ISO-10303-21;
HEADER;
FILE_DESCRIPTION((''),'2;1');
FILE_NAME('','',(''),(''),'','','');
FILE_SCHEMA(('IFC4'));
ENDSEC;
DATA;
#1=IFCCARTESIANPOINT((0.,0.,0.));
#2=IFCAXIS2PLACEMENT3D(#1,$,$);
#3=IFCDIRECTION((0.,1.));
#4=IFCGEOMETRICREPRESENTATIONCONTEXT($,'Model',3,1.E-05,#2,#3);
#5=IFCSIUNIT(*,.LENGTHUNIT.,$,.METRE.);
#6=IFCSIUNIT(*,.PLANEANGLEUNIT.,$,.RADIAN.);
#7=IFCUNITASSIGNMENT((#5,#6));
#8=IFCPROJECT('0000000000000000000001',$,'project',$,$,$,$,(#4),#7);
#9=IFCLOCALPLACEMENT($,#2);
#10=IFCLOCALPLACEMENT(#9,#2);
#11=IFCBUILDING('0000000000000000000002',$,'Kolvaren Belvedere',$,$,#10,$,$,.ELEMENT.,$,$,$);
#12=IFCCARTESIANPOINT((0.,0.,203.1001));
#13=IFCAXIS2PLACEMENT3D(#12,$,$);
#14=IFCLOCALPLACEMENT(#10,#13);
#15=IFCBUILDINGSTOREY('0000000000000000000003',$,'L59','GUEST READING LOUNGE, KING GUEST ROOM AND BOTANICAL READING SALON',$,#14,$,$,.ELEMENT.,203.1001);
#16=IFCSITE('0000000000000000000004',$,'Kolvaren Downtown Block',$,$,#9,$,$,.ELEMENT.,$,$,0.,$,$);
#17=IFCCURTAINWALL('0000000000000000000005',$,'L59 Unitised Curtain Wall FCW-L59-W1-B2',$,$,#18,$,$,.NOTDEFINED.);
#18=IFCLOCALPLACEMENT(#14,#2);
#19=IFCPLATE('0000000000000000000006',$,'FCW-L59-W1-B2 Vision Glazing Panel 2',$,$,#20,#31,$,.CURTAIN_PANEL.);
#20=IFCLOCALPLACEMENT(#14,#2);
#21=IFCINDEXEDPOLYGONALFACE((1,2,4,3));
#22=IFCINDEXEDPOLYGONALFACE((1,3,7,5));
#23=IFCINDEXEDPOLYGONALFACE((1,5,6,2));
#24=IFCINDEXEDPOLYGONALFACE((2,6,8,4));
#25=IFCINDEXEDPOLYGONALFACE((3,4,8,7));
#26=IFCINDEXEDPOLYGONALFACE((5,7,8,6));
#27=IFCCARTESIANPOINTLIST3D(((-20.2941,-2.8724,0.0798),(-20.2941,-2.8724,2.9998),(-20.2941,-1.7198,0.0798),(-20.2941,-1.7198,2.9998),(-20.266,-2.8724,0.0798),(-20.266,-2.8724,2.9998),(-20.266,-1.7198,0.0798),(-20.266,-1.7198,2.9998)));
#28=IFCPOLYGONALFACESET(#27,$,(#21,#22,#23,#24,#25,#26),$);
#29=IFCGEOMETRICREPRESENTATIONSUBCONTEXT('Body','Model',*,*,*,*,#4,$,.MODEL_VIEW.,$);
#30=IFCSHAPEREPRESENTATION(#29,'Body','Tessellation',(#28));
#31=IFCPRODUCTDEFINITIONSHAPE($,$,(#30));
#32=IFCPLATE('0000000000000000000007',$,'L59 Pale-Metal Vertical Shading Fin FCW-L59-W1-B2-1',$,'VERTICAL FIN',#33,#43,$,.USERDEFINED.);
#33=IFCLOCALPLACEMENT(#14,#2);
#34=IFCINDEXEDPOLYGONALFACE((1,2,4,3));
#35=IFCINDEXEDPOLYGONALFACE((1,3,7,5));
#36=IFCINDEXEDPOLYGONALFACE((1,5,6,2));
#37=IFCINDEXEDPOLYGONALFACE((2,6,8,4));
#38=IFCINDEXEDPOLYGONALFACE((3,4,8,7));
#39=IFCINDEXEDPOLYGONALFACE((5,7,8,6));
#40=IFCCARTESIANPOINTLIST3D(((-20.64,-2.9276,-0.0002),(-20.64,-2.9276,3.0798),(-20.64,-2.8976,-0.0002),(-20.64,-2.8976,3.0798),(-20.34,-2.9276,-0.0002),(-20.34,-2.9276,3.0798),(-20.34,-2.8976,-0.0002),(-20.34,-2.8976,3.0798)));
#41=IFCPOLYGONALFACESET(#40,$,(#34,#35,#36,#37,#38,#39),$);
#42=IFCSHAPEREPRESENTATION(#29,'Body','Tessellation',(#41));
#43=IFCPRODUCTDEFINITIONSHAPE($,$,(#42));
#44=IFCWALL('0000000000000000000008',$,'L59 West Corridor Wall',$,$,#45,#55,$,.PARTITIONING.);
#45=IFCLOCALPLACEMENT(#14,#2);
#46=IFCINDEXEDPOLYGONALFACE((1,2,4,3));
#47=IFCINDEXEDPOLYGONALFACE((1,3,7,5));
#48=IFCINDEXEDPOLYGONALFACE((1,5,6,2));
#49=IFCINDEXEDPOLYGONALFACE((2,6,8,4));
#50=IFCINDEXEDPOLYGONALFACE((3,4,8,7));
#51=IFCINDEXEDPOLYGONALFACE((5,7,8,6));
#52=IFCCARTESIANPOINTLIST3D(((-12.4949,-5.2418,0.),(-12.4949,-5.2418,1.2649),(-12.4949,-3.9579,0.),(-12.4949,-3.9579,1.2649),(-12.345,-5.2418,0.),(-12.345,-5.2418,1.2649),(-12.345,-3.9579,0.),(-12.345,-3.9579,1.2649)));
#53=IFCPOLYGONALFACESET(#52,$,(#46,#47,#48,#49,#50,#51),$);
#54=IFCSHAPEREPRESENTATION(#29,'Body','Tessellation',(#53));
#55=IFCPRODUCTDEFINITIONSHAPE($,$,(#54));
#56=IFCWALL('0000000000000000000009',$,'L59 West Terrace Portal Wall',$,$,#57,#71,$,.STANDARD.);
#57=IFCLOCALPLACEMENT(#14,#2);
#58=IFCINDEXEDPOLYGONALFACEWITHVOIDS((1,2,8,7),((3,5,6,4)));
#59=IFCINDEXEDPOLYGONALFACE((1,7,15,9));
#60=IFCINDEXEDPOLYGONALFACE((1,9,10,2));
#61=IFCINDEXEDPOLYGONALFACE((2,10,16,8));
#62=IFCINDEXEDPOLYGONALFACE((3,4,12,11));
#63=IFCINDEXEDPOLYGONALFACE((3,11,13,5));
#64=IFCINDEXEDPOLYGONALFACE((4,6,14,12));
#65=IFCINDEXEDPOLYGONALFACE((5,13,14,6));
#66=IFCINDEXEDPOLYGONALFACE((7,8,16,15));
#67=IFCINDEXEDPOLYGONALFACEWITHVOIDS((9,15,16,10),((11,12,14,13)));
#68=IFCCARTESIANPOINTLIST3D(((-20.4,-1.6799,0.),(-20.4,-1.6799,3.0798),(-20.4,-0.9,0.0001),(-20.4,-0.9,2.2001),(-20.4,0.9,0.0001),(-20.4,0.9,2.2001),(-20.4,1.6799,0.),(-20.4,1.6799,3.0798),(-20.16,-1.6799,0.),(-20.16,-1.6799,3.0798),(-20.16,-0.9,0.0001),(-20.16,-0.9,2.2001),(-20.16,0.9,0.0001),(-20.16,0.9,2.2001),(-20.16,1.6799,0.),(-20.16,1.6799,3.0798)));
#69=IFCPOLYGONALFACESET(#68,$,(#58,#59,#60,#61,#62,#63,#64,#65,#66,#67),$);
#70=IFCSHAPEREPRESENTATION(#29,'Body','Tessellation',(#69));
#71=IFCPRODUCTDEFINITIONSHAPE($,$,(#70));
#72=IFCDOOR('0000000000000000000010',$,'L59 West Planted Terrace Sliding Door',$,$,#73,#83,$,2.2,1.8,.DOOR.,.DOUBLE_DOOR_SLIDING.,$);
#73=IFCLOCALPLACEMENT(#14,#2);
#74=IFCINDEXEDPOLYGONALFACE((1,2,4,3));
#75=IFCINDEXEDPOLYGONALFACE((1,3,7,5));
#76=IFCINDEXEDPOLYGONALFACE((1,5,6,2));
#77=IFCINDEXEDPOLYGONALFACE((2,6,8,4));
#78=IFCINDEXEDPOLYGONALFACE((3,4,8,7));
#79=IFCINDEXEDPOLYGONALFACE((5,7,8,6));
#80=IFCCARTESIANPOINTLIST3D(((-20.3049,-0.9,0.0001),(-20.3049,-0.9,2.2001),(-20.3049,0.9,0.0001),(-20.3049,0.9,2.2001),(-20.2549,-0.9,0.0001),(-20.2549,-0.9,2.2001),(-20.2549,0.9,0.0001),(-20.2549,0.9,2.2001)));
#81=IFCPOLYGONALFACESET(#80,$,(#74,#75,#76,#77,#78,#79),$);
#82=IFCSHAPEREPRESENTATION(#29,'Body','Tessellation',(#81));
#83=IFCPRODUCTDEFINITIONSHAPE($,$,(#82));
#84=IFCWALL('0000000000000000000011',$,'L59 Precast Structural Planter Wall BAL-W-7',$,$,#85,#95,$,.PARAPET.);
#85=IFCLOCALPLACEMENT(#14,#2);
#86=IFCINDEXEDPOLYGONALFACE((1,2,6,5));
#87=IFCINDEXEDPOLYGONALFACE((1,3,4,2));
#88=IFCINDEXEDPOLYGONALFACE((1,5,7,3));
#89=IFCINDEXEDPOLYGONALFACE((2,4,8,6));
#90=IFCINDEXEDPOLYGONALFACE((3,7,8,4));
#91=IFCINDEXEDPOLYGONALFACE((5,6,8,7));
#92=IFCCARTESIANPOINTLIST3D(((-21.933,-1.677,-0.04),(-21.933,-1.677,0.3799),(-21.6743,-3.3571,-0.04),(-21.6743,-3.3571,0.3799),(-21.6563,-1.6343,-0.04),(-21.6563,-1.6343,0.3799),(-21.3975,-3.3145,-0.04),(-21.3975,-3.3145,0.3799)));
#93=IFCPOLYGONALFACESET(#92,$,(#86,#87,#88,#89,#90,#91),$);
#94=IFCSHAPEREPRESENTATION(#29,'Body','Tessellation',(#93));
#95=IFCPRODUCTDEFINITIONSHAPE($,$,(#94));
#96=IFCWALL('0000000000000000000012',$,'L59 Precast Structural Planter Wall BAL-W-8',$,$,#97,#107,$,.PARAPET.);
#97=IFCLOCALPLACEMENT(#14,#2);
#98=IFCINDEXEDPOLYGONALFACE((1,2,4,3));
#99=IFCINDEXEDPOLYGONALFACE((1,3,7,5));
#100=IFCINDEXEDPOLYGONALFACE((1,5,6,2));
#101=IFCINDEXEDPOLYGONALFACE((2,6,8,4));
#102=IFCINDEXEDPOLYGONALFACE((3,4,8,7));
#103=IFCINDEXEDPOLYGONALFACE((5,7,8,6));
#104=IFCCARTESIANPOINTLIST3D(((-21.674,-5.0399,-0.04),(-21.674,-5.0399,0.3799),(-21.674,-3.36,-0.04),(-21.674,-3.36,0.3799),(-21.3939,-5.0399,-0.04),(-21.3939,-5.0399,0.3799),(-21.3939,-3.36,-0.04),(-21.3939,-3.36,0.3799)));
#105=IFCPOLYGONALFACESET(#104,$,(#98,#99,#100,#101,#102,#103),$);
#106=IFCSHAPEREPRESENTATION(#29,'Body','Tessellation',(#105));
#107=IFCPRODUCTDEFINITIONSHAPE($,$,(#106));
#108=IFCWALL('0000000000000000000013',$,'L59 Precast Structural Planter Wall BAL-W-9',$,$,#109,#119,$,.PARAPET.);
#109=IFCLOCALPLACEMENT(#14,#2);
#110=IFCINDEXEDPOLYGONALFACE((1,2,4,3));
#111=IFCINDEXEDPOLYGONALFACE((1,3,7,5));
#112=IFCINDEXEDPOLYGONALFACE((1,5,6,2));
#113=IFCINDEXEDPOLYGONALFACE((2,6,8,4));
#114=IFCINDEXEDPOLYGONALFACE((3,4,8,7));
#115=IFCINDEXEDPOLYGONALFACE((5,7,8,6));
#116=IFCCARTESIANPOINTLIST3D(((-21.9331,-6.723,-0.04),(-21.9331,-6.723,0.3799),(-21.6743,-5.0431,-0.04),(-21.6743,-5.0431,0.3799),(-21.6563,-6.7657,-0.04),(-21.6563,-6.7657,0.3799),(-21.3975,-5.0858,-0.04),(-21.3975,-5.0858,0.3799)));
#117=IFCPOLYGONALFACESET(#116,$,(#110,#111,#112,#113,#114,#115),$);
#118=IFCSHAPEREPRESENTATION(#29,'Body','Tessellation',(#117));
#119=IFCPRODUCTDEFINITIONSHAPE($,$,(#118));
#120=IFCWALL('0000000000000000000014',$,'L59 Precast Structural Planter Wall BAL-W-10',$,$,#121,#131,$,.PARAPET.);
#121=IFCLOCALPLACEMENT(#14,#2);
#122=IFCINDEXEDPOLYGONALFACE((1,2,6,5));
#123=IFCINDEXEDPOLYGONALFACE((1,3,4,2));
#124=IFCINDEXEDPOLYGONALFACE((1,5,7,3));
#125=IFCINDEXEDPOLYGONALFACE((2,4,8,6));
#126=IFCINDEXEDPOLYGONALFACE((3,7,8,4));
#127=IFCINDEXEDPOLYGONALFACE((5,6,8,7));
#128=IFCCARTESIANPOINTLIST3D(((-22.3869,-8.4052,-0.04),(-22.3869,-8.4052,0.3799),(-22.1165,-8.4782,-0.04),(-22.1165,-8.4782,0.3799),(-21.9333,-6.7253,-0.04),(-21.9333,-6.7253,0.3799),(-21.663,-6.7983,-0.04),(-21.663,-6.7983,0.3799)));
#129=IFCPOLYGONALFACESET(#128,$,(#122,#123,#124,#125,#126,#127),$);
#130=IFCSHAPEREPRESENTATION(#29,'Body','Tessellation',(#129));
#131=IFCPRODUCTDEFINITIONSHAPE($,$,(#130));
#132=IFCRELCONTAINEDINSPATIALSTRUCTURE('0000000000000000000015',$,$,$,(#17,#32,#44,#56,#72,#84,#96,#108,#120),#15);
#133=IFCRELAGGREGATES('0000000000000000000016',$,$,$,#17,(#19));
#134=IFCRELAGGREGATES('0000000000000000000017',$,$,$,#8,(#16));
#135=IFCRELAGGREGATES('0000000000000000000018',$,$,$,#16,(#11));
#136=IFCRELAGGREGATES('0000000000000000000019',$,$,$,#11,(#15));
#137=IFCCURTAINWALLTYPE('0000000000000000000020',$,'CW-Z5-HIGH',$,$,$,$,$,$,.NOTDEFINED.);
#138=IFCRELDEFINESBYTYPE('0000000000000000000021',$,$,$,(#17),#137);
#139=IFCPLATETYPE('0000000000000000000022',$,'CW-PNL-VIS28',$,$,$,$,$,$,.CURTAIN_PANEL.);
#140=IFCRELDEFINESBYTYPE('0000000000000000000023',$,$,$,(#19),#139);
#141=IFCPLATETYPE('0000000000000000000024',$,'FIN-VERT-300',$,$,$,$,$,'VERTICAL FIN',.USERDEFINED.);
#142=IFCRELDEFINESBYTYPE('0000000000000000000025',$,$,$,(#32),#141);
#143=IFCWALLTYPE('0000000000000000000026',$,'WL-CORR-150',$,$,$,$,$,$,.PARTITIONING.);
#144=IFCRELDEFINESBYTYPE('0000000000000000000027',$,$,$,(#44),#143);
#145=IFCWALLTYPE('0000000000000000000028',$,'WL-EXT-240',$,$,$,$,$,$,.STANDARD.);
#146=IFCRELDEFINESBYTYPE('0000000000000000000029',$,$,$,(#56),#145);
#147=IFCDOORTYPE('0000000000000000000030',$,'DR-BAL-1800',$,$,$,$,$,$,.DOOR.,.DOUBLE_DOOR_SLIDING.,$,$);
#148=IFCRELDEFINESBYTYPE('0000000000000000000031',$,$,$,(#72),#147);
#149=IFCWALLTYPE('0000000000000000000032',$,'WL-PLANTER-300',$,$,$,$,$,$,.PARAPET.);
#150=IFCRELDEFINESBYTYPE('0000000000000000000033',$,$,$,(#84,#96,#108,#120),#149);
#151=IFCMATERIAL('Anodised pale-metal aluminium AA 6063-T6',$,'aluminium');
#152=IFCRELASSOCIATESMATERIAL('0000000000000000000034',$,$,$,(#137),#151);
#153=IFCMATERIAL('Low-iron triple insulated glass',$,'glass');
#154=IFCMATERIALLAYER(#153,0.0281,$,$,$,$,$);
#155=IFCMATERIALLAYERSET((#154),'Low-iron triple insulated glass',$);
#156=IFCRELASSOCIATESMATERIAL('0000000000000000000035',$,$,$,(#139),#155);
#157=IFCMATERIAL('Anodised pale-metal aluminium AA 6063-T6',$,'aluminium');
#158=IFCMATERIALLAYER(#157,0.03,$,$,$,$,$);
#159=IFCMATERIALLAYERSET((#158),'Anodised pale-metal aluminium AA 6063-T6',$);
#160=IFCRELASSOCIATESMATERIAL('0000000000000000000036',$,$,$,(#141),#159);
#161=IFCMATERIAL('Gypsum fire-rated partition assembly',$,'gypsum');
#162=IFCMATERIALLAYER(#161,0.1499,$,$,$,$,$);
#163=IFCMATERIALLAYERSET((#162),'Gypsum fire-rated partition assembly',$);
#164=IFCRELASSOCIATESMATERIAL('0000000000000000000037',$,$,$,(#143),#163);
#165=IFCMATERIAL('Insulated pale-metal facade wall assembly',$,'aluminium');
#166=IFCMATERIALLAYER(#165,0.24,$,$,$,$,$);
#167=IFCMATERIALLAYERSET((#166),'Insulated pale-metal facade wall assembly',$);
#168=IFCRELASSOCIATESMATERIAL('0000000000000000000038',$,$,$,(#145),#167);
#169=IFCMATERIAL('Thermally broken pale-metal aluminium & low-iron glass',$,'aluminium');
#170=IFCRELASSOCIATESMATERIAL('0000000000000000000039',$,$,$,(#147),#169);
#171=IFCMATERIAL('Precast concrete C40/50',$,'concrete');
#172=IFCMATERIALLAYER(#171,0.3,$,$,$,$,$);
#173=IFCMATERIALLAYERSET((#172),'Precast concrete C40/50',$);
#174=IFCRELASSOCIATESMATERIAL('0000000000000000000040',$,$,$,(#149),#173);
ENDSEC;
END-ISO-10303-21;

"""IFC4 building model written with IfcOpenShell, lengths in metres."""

from ifc_helpers import new_model, si_unit, direction, frame, frame_2d, origin, origin_2d, place, context, subcontext, project, spatial, rectangle, extrude, material, layer, layer_set, type_object, element, fill, aggregate, save


model = new_model("IFC4")

# Units and contexts
model_context = context("Model", 3, precision=1e-05, world=origin(), true_north=direction((0.0, 1.0)))
body_context = subcontext(model_context, "Body", "Model", "MODEL_VIEW")
ifc_project = project(units=[si_unit("LENGTHUNIT", "METRE"), si_unit("PLANEANGLEUNIT", "RADIAN")], contexts=[model_context])

# Site, building, storey
site_placement = place(None, origin())
site = spatial("IfcSite", under=ifc_project, at=site_placement, Name="Kolvaren Downtown Block", CompositionType="ELEMENT", RefElevation=0.0)
building_placement = place(site_placement, origin())
building = spatial("IfcBuilding", under=site, at=building_placement, Name="Kolvaren Belvedere", CompositionType="ELEMENT")
storey_placement = place(building_placement, frame((0.0, 0.0, 203.1001)))
storey = spatial("IfcBuildingStorey", under=building, at=storey_placement, Name="L59", Description="GUEST READING LOUNGE, KING GUEST ROOM AND BOTANICAL READING SALON", CompositionType="ELEMENT", Elevation=203.1001)

# Shared definitions
ifc_material_1 = material(Name="Anodised pale-metal aluminium AA 6063-T6", Category="aluminium")
curtain_wall_type = type_object("IfcCurtainWallType", Name="CW-Z5-HIGH", PredefinedType="NOTDEFINED", material=ifc_material_1)

# Curtain wall
curtain_wall_1_placement = place(storey_placement, origin())
curtain_wall_1 = element("IfcCurtainWall", 1, at=curtain_wall_1_placement, inside=storey, type_object=curtain_wall_type, Name="L59 Unitised Curtain Wall FCW-L59-W1-B2", PredefinedType="NOTDEFINED")

# Plates
ifc_material_2 = material(Name="Low-iron triple insulated glass", Category="glass")
ifc_layer_1 = layer(ifc_material_2, 0.0281)
ifc_layer_set_1 = layer_set([ifc_layer_1], Name="Low-iron triple insulated glass")
plate_type_1 = type_object("IfcPlateType", Name="CW-PNL-VIS28", PredefinedType="CURTAIN_PANEL", material=ifc_layer_set_1)
plate_1_placement = place(storey_placement, frame((-20.28, -2.2961, 0.0798), z_axis=(0.0, 0.0, 1.0), x_axis=(0.0, 1.0, 0.0)))
plate_1 = element("IfcPlate", 2, at=plate_1_placement, type_object=plate_type_1, Name="FCW-L59-W1-B2 Vision Glazing Panel 2", PredefinedType="CURTAIN_PANEL", context=body_context, shape_type="SweptSolid", body=[
    extrude(rectangle(XDim=1.1526, YDim=0.0281, at=origin_2d()), origin(), (0.0, 0.0, 1.0), 2.9199),
])
aggregate(curtain_wall_1, [plate_1])
ifc_material_3 = material(Name="Anodised pale-metal aluminium AA 6063-T6", Category="aluminium")
ifc_layer_2 = layer(ifc_material_3, 0.03)
ifc_layer_set_2 = layer_set([ifc_layer_2], Name="Anodised pale-metal aluminium AA 6063-T6")
plate_type_2 = type_object("IfcPlateType", Name="FIN-VERT-300", ElementType="VERTICAL FIN", PredefinedType="USERDEFINED", material=ifc_layer_set_2)
plate_2_placement = place(storey_placement, frame((-20.49, -2.9126, -0.0002), z_axis=(0.0, 0.0, 1.0), x_axis=(1.0, 0.0, 0.0)))
element("IfcPlate", 3, at=plate_2_placement, inside=storey, type_object=plate_type_2, Name="L59 Pale-Metal Vertical Shading Fin FCW-L59-W1-B2-1", ObjectType="VERTICAL FIN", PredefinedType="USERDEFINED", context=body_context, shape_type="SweptSolid", body=[
    extrude(rectangle(XDim=0.3, YDim=0.03, at=origin_2d()), origin(), (0.0, 0.0, 1.0), 3.0801),
])

# Wall
ifc_material_4 = material(Name="Gypsum fire-rated partition assembly", Category="gypsum")
ifc_layer_3 = layer(ifc_material_4, 0.1499)
ifc_layer_set_3 = layer_set([ifc_layer_3], Name="Gypsum fire-rated partition assembly")
wall_type_1 = type_object("IfcWallType", Name="WL-CORR-150", PredefinedType="PARTITIONING", material=ifc_layer_set_3)
wall_1_placement = place(storey_placement, frame((-12.4199, -5.2419, 0.0), z_axis=(0.0, 0.0, 1.0), x_axis=(0.0, 1.0, 0.0)))
element("IfcWall", 4, at=wall_1_placement, inside=storey, type_object=wall_type_1, Name="L59 West Corridor Wall", PredefinedType="PARTITIONING", context=body_context, shape_type="SweptSolid", body=[
    extrude(rectangle(XDim=1.2839, YDim=0.1499, at=frame_2d((0.6421, 0.0))), origin(), (0.0, 0.0, 1.0), 1.2649),
])

# Wall, opening, door
ifc_material_5 = material(Name="Insulated pale-metal facade wall assembly", Category="aluminium")
ifc_layer_4 = layer(ifc_material_5, 0.24)
ifc_layer_set_4 = layer_set([ifc_layer_4], Name="Insulated pale-metal facade wall assembly")
wall_type_2 = type_object("IfcWallType", Name="WL-EXT-240", PredefinedType="STANDARD", material=ifc_layer_set_4)
wall_2_placement = place(storey_placement, frame((-20.28, -1.6799, 0.0), z_axis=(0.0, 0.0, 1.0), x_axis=(0.0, 1.0, 0.0)))
wall_2 = element("IfcWall", 5, at=wall_2_placement, inside=storey, type_object=wall_type_2, Name="L59 West Terrace Portal Wall", PredefinedType="STANDARD", context=body_context, shape_type="SweptSolid", body=[
    extrude(rectangle(XDim=3.3599, YDim=0.24, at=frame_2d((1.6799, 0.0))), origin(), (0.0, 0.0, 1.0), 3.0798),
])
opening_placement = place(wall_2_placement, frame((0.78, 0.0, 0.0)))
opening = element("IfcOpeningElement", 6, at=opening_placement, cuts=wall_2, PredefinedType="OPENING", context=body_context, shape_type="SweptSolid", body=[
    extrude(rectangle(XDim=1.8, YDim=2.2, at=frame_2d((0.8999, 1.1001))), frame((0.0, 0.1299, 0.0), z_axis=(0.0, -1.0, 0.0), x_axis=(1.0, 0.0, 0.0)), (0.0, 0.0, 1.0), 0.26),
])
ifc_material_6 = material(Name="Thermally broken pale-metal aluminium & low-iron glass", Category="aluminium")
door_type = type_object("IfcDoorType", Name="DR-BAL-1800", OperationType="DOUBLE_DOOR_SLIDING", PredefinedType="DOOR", material=ifc_material_6)
door_placement = place(opening_placement, origin())
door = element("IfcDoor", 7, at=door_placement, inside=storey, type_object=door_type, Name="L59 West Planted Terrace Sliding Door", OperationType="DOUBLE_DOOR_SLIDING", OverallHeight=2.2, OverallWidth=1.8, PredefinedType="DOOR", context=body_context, shape_type="SweptSolid", body=[
    extrude(rectangle(XDim=1.8, YDim=2.2, at=frame_2d((0.8999, 1.1001))), frame((0.0, 0.0249, 0.0), z_axis=(0.0, -1.0, 0.0), x_axis=(1.0, 0.0, 0.0)), (0.0, 0.0, 1.0), 0.05),
])
fill(opening, door)

# Walls
ifc_material_7 = material(Name="Precast concrete C40/50", Category="concrete")
ifc_layer_5 = layer(ifc_material_7, 0.3)
ifc_layer_set_5 = layer_set([ifc_layer_5], Name="Precast concrete C40/50")
wall_type_3 = type_object("IfcWallType", Name="WL-PLANTER-300", PredefinedType="PARAPET", material=ifc_layer_set_5)
wall_3_placement = place(storey_placement, frame((-21.7947, -1.6555, -0.04), z_axis=(0.0, 0.0, 1.0), x_axis=(0.15223, -0.988345, 0.0)))
element("IfcWall", 8, at=wall_3_placement, inside=storey, type_object=wall_type_3, Name="L59 Precast Structural Planter Wall BAL-W-7", PredefinedType="PARAPET", context=body_context, shape_type="SweptSolid", body=[
    extrude(rectangle(XDim=1.7, YDim=0.28, at=frame_2d((0.8501, 0.0))), origin(), (0.0, 0.0, 1.0), 0.4199),
])
wall_4_placement = place(storey_placement, frame((-21.5339, -3.3601, -0.04), z_axis=(0.0, 0.0, 1.0), x_axis=(0.0, -1.0, 0.0)))
element("IfcWall", 9, at=wall_4_placement, inside=storey, type_object=wall_type_3, Name="L59 Precast Structural Planter Wall BAL-W-8", PredefinedType="PARAPET", context=body_context, shape_type="SweptSolid", body=[
    extrude(rectangle(XDim=1.6799, YDim=0.28, at=frame_2d((0.8398, 0.0))), origin(), (0.0, 0.0, 1.0), 0.4199),
])
wall_5_placement = place(storey_placement, frame((-21.5359, -5.0645, -0.04), z_axis=(0.0, 0.0, 1.0), x_axis=(-0.152251, -0.988342, 0.0)))
element("IfcWall", 10, at=wall_5_placement, inside=storey, type_object=wall_type_3, Name="L59 Precast Structural Planter Wall BAL-W-9", PredefinedType="PARAPET", context=body_context, shape_type="SweptSolid", body=[
    extrude(rectangle(XDim=1.6997, YDim=0.28, at=frame_2d((0.8499, 0.0))), origin(), (0.0, 0.0, 1.0), 0.4199),
])
wall_6_placement = place(storey_placement, frame((-21.7981, -6.7617, -0.04), z_axis=(0.0, 0.0, 1.0), x_axis=(-0.260683, -0.965424, 0.0)))
element("IfcWall", 11, at=wall_6_placement, inside=storey, type_object=wall_type_3, Name="L59 Precast Structural Planter Wall BAL-W-10", PredefinedType="PARAPET", context=body_context, shape_type="SweptSolid", body=[
    extrude(rectangle(XDim=1.74, YDim=0.28, at=frame_2d((0.8701, 0.0))), origin(), (0.0, 0.0, 1.0), 0.4199),
])

save(model, "model.ifc")
